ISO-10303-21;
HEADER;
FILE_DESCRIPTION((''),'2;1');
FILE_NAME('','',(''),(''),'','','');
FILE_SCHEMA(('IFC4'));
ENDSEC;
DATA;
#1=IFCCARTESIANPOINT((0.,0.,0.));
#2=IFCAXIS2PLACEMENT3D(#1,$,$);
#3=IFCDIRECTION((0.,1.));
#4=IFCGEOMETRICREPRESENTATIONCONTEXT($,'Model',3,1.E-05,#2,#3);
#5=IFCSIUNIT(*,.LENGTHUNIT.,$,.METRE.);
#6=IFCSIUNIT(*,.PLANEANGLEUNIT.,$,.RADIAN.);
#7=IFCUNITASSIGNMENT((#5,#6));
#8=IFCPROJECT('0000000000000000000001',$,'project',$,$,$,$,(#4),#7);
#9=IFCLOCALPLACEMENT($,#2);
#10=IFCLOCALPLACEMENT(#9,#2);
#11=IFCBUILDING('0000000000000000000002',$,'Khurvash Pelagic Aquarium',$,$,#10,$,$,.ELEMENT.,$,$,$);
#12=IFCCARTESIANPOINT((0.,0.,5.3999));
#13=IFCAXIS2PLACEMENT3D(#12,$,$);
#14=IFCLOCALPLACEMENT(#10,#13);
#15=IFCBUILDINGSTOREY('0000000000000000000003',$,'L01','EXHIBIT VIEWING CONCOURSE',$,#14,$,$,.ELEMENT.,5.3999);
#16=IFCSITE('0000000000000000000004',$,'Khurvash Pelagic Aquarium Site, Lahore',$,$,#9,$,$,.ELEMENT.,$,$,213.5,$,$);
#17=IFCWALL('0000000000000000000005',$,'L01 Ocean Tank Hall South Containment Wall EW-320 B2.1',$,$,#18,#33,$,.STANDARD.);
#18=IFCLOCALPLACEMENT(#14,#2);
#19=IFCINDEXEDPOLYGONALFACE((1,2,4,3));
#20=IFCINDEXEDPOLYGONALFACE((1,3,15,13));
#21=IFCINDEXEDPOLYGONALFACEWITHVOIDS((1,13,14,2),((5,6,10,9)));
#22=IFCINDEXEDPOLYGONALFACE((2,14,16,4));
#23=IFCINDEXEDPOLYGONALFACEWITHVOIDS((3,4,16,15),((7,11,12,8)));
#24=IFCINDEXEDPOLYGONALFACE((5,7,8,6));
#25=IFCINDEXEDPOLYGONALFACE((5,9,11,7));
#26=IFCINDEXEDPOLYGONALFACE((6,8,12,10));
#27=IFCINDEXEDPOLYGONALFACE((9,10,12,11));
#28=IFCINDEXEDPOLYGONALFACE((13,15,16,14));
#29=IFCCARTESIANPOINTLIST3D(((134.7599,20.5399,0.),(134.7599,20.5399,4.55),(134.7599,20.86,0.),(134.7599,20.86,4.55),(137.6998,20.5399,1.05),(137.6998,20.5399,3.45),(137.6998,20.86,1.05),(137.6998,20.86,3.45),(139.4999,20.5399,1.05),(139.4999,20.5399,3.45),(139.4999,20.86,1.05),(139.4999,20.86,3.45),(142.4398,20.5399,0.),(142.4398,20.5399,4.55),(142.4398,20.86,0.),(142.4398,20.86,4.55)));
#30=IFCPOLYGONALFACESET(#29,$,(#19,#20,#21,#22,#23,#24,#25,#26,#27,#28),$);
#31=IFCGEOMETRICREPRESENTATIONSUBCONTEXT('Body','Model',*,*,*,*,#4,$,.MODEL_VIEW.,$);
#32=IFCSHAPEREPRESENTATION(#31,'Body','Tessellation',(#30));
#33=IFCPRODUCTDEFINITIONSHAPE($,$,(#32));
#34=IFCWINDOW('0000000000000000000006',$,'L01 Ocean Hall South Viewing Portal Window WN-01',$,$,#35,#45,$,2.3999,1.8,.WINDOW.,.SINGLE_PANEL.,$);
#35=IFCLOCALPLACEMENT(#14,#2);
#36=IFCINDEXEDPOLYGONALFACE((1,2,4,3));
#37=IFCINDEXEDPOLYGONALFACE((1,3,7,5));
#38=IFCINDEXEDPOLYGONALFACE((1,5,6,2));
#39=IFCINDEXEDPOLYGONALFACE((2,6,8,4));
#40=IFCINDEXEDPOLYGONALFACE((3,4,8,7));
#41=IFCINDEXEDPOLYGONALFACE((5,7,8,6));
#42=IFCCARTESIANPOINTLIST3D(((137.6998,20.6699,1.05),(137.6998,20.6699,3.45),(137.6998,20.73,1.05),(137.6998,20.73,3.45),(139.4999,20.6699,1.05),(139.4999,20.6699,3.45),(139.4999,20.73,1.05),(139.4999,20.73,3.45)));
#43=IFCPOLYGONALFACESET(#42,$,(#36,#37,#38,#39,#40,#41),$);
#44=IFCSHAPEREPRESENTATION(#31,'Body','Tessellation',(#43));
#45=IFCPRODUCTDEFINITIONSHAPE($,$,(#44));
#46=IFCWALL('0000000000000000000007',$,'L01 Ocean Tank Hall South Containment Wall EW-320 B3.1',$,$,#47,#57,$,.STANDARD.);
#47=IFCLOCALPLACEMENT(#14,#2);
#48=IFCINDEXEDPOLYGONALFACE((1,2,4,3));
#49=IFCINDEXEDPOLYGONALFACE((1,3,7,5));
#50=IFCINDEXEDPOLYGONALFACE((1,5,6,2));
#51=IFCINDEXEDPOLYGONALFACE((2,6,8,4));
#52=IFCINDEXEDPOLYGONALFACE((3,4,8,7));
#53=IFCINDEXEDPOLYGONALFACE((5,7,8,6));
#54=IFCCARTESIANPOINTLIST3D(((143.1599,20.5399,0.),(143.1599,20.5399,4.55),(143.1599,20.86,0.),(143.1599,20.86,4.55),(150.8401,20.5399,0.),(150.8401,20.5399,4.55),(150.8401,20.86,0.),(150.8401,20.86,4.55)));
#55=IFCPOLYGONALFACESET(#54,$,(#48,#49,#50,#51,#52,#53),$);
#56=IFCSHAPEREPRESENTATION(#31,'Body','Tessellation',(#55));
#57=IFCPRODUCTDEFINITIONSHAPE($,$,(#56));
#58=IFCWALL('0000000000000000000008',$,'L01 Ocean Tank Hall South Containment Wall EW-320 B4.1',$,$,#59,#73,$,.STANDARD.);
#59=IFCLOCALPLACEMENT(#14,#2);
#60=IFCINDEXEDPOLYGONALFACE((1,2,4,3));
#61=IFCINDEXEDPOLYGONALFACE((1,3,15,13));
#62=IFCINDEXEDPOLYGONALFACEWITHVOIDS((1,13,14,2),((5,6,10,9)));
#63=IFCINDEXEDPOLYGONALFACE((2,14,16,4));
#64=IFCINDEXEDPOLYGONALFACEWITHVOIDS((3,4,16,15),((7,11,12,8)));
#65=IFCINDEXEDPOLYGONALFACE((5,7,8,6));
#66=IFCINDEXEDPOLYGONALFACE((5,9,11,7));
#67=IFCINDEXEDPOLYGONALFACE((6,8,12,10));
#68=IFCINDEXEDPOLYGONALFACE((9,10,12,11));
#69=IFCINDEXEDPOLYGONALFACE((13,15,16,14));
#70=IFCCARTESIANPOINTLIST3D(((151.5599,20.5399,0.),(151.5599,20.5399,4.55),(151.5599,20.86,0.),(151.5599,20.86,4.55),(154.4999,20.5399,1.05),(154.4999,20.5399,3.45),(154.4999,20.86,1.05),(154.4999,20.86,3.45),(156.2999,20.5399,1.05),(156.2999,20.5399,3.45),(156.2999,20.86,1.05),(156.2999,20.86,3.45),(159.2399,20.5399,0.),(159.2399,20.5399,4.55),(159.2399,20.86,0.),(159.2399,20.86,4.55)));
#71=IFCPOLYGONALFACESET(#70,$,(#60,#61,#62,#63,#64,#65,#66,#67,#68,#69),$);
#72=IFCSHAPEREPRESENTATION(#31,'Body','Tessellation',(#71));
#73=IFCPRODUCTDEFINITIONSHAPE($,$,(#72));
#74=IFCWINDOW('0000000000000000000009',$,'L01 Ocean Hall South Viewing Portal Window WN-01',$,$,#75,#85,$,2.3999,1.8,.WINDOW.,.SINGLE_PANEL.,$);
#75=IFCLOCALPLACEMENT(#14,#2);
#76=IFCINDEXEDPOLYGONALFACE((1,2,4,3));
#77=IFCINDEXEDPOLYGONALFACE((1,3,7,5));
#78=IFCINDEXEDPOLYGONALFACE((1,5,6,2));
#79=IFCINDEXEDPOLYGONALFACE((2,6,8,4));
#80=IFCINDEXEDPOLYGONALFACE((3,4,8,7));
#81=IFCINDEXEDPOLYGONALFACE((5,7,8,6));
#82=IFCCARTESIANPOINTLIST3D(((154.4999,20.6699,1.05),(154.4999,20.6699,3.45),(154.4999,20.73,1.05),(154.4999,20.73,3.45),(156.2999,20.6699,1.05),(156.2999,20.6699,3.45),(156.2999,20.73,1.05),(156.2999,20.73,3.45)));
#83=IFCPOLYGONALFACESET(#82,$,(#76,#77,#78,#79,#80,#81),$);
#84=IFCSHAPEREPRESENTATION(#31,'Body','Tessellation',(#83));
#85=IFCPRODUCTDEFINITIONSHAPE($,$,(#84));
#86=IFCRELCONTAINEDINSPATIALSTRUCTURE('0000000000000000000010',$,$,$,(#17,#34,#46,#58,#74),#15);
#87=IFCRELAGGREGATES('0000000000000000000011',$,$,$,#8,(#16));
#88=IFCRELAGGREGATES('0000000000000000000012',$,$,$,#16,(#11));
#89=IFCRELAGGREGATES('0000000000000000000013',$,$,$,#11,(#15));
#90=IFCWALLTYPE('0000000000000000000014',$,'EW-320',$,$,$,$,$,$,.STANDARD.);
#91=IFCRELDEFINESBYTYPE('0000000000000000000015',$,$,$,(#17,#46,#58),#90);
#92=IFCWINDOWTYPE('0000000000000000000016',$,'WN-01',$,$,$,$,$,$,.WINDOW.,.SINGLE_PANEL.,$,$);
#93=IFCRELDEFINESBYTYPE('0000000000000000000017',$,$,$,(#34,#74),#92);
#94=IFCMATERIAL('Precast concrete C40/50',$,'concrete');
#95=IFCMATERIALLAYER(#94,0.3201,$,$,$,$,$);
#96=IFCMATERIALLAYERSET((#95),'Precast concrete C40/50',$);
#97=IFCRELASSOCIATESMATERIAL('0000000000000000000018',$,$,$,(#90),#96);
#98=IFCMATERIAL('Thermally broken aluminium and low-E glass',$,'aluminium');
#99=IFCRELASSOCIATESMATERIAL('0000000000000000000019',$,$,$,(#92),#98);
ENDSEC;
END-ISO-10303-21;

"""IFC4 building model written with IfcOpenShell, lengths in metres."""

from ifc_helpers import new_model, si_unit, direction, frame, frame_2d, origin, place, context, subcontext, project, spatial, rectangle, extrude, material, layer, layer_set, type_object, element, fill, save


model = new_model("IFC4")

# Units and contexts
model_context = context("Model", 3, precision=1e-05, world=origin(), true_north=direction((0.0, 1.0)))
body_context = subcontext(model_context, "Body", "Model", "MODEL_VIEW")
ifc_project = project(units=[si_unit("LENGTHUNIT", "METRE"), si_unit("PLANEANGLEUNIT", "RADIAN")], contexts=[model_context])

# Site, building, storey
site_placement = place(None, origin())
site = spatial("IfcSite", under=ifc_project, at=site_placement, Name="Khurvash Pelagic Aquarium Site, Lahore", CompositionType="ELEMENT", RefElevation=213.5)
building_placement = place(site_placement, origin())
building = spatial("IfcBuilding", under=site, at=building_placement, Name="Khurvash Pelagic Aquarium", CompositionType="ELEMENT")
storey_placement = place(building_placement, frame((0.0, 0.0, 5.3999)))
storey = spatial("IfcBuildingStorey", under=building, at=storey_placement, Name="L01", Description="EXHIBIT VIEWING CONCOURSE", CompositionType="ELEMENT", Elevation=5.3999)

# Shared definitions
ifc_material_1 = material(Name="Precast concrete C40/50", Category="concrete")
ifc_layer_1 = layer(ifc_material_1, 0.3201)
ifc_layer_set_1 = layer_set([ifc_layer_1], Name="Precast concrete C40/50")
wall_type = type_object("IfcWallType", Name="EW-320", PredefinedType="STANDARD", material=ifc_layer_set_1)

# Wall, opening, window
wall_1_placement = place(storey_placement, frame((134.76, 20.7, 0.0), z_axis=(0.0, 0.0, 1.0), x_axis=(1.0, 0.0, 0.0)))
wall_1 = element("IfcWall", 1, at=wall_1_placement, inside=storey, type_object=wall_type, Name="L01 Ocean Tank Hall South Containment Wall EW-320 B2.1", PredefinedType="STANDARD", context=body_context, shape_type="SweptSolid", body=[
    extrude(rectangle(XDim=7.6799, YDim=0.3201, at=frame_2d((3.8398, 0.0))), origin(), (0.0, 0.0, 1.0), 4.55),
])
opening_1_placement = place(wall_1_placement, frame((2.9399, 0.0, 1.05)))
opening_1 = element("IfcOpeningElement", 2, at=opening_1_placement, cuts=wall_1, PredefinedType="OPENING", context=body_context, shape_type="SweptSolid", body=[
    extrude(rectangle(XDim=1.8, YDim=2.3999, at=frame_2d((0.8999, 1.2))), frame((0.0, 0.1699, 0.0), z_axis=(0.0, -1.0, 0.0), x_axis=(1.0, 0.0, 0.0)), (0.0, 0.0, 1.0), 0.3401),
])
ifc_material_2 = material(Name="Thermally broken aluminium and low-E glass", Category="aluminium")
window_type = type_object("IfcWindowType", Name="WN-01", PartitioningType="SINGLE_PANEL", PredefinedType="WINDOW", material=ifc_material_2)
window_1_placement = place(opening_1_placement, origin())
window_1 = element("IfcWindow", 3, at=window_1_placement, inside=storey, type_object=window_type, Name="L01 Ocean Hall South Viewing Portal Window WN-01", OverallHeight=2.3999, OverallWidth=1.8, PartitioningType="SINGLE_PANEL", PredefinedType="WINDOW", context=body_context, shape_type="SweptSolid", body=[
    extrude(rectangle(XDim=1.8, YDim=2.3999, at=frame_2d((0.8999, 1.2))), frame((0.0, 0.03, 0.0), z_axis=(0.0, -1.0, 0.0), x_axis=(1.0, 0.0, 0.0)), (0.0, 0.0, 1.0), 0.0601),
])
fill(opening_1, window_1)

# Wall
wall_2_placement = place(storey_placement, frame((143.1599, 20.7, 0.0), z_axis=(0.0, 0.0, 1.0), x_axis=(1.0, 0.0, 0.0)))
element("IfcWall", 4, at=wall_2_placement, inside=storey, type_object=wall_type, Name="L01 Ocean Tank Hall South Containment Wall EW-320 B3.1", PredefinedType="STANDARD", context=body_context, shape_type="SweptSolid", body=[
    extrude(rectangle(XDim=7.6802, YDim=0.3201, at=frame_2d((3.8401, 0.0))), origin(), (0.0, 0.0, 1.0), 4.55),
])

# Wall, opening, window
wall_3_placement = place(storey_placement, frame((151.5601, 20.7, 0.0), z_axis=(0.0, 0.0, 1.0), x_axis=(1.0, 0.0, 0.0)))
wall_3 = element("IfcWall", 5, at=wall_3_placement, inside=storey, type_object=wall_type, Name="L01 Ocean Tank Hall South Containment Wall EW-320 B4.1", PredefinedType="STANDARD", context=body_context, shape_type="SweptSolid", body=[
    extrude(rectangle(XDim=7.6799, YDim=0.3201, at=frame_2d((3.8398, 0.0))), origin(), (0.0, 0.0, 1.0), 4.55),
])
opening_2_placement = place(wall_3_placement, frame((2.9399, 0.0, 1.05)))
opening_2 = element("IfcOpeningElement", 6, at=opening_2_placement, cuts=wall_3, PredefinedType="OPENING", context=body_context, shape_type="SweptSolid", body=[
    extrude(rectangle(XDim=1.8, YDim=2.3999, at=frame_2d((0.8999, 1.2))), frame((0.0, 0.1699, 0.0), z_axis=(0.0, -1.0, 0.0), x_axis=(1.0, 0.0, 0.0)), (0.0, 0.0, 1.0), 0.3401),
])
window_2_placement = place(opening_2_placement, origin())
window_2 = element("IfcWindow", 7, at=window_2_placement, inside=storey, type_object=window_type, Name="L01 Ocean Hall South Viewing Portal Window WN-01", OverallHeight=2.3999, OverallWidth=1.8, PartitioningType="SINGLE_PANEL", PredefinedType="WINDOW", context=body_context, shape_type="SweptSolid", body=[
    extrude(rectangle(XDim=1.8, YDim=2.3999, at=frame_2d((0.8999, 1.2))), frame((0.0, 0.03, 0.0), z_axis=(0.0, -1.0, 0.0), x_axis=(1.0, 0.0, 0.0)), (0.0, 0.0, 1.0), 0.0601),
])
fill(opening_2, window_2)

save(model, "model.ifc")
